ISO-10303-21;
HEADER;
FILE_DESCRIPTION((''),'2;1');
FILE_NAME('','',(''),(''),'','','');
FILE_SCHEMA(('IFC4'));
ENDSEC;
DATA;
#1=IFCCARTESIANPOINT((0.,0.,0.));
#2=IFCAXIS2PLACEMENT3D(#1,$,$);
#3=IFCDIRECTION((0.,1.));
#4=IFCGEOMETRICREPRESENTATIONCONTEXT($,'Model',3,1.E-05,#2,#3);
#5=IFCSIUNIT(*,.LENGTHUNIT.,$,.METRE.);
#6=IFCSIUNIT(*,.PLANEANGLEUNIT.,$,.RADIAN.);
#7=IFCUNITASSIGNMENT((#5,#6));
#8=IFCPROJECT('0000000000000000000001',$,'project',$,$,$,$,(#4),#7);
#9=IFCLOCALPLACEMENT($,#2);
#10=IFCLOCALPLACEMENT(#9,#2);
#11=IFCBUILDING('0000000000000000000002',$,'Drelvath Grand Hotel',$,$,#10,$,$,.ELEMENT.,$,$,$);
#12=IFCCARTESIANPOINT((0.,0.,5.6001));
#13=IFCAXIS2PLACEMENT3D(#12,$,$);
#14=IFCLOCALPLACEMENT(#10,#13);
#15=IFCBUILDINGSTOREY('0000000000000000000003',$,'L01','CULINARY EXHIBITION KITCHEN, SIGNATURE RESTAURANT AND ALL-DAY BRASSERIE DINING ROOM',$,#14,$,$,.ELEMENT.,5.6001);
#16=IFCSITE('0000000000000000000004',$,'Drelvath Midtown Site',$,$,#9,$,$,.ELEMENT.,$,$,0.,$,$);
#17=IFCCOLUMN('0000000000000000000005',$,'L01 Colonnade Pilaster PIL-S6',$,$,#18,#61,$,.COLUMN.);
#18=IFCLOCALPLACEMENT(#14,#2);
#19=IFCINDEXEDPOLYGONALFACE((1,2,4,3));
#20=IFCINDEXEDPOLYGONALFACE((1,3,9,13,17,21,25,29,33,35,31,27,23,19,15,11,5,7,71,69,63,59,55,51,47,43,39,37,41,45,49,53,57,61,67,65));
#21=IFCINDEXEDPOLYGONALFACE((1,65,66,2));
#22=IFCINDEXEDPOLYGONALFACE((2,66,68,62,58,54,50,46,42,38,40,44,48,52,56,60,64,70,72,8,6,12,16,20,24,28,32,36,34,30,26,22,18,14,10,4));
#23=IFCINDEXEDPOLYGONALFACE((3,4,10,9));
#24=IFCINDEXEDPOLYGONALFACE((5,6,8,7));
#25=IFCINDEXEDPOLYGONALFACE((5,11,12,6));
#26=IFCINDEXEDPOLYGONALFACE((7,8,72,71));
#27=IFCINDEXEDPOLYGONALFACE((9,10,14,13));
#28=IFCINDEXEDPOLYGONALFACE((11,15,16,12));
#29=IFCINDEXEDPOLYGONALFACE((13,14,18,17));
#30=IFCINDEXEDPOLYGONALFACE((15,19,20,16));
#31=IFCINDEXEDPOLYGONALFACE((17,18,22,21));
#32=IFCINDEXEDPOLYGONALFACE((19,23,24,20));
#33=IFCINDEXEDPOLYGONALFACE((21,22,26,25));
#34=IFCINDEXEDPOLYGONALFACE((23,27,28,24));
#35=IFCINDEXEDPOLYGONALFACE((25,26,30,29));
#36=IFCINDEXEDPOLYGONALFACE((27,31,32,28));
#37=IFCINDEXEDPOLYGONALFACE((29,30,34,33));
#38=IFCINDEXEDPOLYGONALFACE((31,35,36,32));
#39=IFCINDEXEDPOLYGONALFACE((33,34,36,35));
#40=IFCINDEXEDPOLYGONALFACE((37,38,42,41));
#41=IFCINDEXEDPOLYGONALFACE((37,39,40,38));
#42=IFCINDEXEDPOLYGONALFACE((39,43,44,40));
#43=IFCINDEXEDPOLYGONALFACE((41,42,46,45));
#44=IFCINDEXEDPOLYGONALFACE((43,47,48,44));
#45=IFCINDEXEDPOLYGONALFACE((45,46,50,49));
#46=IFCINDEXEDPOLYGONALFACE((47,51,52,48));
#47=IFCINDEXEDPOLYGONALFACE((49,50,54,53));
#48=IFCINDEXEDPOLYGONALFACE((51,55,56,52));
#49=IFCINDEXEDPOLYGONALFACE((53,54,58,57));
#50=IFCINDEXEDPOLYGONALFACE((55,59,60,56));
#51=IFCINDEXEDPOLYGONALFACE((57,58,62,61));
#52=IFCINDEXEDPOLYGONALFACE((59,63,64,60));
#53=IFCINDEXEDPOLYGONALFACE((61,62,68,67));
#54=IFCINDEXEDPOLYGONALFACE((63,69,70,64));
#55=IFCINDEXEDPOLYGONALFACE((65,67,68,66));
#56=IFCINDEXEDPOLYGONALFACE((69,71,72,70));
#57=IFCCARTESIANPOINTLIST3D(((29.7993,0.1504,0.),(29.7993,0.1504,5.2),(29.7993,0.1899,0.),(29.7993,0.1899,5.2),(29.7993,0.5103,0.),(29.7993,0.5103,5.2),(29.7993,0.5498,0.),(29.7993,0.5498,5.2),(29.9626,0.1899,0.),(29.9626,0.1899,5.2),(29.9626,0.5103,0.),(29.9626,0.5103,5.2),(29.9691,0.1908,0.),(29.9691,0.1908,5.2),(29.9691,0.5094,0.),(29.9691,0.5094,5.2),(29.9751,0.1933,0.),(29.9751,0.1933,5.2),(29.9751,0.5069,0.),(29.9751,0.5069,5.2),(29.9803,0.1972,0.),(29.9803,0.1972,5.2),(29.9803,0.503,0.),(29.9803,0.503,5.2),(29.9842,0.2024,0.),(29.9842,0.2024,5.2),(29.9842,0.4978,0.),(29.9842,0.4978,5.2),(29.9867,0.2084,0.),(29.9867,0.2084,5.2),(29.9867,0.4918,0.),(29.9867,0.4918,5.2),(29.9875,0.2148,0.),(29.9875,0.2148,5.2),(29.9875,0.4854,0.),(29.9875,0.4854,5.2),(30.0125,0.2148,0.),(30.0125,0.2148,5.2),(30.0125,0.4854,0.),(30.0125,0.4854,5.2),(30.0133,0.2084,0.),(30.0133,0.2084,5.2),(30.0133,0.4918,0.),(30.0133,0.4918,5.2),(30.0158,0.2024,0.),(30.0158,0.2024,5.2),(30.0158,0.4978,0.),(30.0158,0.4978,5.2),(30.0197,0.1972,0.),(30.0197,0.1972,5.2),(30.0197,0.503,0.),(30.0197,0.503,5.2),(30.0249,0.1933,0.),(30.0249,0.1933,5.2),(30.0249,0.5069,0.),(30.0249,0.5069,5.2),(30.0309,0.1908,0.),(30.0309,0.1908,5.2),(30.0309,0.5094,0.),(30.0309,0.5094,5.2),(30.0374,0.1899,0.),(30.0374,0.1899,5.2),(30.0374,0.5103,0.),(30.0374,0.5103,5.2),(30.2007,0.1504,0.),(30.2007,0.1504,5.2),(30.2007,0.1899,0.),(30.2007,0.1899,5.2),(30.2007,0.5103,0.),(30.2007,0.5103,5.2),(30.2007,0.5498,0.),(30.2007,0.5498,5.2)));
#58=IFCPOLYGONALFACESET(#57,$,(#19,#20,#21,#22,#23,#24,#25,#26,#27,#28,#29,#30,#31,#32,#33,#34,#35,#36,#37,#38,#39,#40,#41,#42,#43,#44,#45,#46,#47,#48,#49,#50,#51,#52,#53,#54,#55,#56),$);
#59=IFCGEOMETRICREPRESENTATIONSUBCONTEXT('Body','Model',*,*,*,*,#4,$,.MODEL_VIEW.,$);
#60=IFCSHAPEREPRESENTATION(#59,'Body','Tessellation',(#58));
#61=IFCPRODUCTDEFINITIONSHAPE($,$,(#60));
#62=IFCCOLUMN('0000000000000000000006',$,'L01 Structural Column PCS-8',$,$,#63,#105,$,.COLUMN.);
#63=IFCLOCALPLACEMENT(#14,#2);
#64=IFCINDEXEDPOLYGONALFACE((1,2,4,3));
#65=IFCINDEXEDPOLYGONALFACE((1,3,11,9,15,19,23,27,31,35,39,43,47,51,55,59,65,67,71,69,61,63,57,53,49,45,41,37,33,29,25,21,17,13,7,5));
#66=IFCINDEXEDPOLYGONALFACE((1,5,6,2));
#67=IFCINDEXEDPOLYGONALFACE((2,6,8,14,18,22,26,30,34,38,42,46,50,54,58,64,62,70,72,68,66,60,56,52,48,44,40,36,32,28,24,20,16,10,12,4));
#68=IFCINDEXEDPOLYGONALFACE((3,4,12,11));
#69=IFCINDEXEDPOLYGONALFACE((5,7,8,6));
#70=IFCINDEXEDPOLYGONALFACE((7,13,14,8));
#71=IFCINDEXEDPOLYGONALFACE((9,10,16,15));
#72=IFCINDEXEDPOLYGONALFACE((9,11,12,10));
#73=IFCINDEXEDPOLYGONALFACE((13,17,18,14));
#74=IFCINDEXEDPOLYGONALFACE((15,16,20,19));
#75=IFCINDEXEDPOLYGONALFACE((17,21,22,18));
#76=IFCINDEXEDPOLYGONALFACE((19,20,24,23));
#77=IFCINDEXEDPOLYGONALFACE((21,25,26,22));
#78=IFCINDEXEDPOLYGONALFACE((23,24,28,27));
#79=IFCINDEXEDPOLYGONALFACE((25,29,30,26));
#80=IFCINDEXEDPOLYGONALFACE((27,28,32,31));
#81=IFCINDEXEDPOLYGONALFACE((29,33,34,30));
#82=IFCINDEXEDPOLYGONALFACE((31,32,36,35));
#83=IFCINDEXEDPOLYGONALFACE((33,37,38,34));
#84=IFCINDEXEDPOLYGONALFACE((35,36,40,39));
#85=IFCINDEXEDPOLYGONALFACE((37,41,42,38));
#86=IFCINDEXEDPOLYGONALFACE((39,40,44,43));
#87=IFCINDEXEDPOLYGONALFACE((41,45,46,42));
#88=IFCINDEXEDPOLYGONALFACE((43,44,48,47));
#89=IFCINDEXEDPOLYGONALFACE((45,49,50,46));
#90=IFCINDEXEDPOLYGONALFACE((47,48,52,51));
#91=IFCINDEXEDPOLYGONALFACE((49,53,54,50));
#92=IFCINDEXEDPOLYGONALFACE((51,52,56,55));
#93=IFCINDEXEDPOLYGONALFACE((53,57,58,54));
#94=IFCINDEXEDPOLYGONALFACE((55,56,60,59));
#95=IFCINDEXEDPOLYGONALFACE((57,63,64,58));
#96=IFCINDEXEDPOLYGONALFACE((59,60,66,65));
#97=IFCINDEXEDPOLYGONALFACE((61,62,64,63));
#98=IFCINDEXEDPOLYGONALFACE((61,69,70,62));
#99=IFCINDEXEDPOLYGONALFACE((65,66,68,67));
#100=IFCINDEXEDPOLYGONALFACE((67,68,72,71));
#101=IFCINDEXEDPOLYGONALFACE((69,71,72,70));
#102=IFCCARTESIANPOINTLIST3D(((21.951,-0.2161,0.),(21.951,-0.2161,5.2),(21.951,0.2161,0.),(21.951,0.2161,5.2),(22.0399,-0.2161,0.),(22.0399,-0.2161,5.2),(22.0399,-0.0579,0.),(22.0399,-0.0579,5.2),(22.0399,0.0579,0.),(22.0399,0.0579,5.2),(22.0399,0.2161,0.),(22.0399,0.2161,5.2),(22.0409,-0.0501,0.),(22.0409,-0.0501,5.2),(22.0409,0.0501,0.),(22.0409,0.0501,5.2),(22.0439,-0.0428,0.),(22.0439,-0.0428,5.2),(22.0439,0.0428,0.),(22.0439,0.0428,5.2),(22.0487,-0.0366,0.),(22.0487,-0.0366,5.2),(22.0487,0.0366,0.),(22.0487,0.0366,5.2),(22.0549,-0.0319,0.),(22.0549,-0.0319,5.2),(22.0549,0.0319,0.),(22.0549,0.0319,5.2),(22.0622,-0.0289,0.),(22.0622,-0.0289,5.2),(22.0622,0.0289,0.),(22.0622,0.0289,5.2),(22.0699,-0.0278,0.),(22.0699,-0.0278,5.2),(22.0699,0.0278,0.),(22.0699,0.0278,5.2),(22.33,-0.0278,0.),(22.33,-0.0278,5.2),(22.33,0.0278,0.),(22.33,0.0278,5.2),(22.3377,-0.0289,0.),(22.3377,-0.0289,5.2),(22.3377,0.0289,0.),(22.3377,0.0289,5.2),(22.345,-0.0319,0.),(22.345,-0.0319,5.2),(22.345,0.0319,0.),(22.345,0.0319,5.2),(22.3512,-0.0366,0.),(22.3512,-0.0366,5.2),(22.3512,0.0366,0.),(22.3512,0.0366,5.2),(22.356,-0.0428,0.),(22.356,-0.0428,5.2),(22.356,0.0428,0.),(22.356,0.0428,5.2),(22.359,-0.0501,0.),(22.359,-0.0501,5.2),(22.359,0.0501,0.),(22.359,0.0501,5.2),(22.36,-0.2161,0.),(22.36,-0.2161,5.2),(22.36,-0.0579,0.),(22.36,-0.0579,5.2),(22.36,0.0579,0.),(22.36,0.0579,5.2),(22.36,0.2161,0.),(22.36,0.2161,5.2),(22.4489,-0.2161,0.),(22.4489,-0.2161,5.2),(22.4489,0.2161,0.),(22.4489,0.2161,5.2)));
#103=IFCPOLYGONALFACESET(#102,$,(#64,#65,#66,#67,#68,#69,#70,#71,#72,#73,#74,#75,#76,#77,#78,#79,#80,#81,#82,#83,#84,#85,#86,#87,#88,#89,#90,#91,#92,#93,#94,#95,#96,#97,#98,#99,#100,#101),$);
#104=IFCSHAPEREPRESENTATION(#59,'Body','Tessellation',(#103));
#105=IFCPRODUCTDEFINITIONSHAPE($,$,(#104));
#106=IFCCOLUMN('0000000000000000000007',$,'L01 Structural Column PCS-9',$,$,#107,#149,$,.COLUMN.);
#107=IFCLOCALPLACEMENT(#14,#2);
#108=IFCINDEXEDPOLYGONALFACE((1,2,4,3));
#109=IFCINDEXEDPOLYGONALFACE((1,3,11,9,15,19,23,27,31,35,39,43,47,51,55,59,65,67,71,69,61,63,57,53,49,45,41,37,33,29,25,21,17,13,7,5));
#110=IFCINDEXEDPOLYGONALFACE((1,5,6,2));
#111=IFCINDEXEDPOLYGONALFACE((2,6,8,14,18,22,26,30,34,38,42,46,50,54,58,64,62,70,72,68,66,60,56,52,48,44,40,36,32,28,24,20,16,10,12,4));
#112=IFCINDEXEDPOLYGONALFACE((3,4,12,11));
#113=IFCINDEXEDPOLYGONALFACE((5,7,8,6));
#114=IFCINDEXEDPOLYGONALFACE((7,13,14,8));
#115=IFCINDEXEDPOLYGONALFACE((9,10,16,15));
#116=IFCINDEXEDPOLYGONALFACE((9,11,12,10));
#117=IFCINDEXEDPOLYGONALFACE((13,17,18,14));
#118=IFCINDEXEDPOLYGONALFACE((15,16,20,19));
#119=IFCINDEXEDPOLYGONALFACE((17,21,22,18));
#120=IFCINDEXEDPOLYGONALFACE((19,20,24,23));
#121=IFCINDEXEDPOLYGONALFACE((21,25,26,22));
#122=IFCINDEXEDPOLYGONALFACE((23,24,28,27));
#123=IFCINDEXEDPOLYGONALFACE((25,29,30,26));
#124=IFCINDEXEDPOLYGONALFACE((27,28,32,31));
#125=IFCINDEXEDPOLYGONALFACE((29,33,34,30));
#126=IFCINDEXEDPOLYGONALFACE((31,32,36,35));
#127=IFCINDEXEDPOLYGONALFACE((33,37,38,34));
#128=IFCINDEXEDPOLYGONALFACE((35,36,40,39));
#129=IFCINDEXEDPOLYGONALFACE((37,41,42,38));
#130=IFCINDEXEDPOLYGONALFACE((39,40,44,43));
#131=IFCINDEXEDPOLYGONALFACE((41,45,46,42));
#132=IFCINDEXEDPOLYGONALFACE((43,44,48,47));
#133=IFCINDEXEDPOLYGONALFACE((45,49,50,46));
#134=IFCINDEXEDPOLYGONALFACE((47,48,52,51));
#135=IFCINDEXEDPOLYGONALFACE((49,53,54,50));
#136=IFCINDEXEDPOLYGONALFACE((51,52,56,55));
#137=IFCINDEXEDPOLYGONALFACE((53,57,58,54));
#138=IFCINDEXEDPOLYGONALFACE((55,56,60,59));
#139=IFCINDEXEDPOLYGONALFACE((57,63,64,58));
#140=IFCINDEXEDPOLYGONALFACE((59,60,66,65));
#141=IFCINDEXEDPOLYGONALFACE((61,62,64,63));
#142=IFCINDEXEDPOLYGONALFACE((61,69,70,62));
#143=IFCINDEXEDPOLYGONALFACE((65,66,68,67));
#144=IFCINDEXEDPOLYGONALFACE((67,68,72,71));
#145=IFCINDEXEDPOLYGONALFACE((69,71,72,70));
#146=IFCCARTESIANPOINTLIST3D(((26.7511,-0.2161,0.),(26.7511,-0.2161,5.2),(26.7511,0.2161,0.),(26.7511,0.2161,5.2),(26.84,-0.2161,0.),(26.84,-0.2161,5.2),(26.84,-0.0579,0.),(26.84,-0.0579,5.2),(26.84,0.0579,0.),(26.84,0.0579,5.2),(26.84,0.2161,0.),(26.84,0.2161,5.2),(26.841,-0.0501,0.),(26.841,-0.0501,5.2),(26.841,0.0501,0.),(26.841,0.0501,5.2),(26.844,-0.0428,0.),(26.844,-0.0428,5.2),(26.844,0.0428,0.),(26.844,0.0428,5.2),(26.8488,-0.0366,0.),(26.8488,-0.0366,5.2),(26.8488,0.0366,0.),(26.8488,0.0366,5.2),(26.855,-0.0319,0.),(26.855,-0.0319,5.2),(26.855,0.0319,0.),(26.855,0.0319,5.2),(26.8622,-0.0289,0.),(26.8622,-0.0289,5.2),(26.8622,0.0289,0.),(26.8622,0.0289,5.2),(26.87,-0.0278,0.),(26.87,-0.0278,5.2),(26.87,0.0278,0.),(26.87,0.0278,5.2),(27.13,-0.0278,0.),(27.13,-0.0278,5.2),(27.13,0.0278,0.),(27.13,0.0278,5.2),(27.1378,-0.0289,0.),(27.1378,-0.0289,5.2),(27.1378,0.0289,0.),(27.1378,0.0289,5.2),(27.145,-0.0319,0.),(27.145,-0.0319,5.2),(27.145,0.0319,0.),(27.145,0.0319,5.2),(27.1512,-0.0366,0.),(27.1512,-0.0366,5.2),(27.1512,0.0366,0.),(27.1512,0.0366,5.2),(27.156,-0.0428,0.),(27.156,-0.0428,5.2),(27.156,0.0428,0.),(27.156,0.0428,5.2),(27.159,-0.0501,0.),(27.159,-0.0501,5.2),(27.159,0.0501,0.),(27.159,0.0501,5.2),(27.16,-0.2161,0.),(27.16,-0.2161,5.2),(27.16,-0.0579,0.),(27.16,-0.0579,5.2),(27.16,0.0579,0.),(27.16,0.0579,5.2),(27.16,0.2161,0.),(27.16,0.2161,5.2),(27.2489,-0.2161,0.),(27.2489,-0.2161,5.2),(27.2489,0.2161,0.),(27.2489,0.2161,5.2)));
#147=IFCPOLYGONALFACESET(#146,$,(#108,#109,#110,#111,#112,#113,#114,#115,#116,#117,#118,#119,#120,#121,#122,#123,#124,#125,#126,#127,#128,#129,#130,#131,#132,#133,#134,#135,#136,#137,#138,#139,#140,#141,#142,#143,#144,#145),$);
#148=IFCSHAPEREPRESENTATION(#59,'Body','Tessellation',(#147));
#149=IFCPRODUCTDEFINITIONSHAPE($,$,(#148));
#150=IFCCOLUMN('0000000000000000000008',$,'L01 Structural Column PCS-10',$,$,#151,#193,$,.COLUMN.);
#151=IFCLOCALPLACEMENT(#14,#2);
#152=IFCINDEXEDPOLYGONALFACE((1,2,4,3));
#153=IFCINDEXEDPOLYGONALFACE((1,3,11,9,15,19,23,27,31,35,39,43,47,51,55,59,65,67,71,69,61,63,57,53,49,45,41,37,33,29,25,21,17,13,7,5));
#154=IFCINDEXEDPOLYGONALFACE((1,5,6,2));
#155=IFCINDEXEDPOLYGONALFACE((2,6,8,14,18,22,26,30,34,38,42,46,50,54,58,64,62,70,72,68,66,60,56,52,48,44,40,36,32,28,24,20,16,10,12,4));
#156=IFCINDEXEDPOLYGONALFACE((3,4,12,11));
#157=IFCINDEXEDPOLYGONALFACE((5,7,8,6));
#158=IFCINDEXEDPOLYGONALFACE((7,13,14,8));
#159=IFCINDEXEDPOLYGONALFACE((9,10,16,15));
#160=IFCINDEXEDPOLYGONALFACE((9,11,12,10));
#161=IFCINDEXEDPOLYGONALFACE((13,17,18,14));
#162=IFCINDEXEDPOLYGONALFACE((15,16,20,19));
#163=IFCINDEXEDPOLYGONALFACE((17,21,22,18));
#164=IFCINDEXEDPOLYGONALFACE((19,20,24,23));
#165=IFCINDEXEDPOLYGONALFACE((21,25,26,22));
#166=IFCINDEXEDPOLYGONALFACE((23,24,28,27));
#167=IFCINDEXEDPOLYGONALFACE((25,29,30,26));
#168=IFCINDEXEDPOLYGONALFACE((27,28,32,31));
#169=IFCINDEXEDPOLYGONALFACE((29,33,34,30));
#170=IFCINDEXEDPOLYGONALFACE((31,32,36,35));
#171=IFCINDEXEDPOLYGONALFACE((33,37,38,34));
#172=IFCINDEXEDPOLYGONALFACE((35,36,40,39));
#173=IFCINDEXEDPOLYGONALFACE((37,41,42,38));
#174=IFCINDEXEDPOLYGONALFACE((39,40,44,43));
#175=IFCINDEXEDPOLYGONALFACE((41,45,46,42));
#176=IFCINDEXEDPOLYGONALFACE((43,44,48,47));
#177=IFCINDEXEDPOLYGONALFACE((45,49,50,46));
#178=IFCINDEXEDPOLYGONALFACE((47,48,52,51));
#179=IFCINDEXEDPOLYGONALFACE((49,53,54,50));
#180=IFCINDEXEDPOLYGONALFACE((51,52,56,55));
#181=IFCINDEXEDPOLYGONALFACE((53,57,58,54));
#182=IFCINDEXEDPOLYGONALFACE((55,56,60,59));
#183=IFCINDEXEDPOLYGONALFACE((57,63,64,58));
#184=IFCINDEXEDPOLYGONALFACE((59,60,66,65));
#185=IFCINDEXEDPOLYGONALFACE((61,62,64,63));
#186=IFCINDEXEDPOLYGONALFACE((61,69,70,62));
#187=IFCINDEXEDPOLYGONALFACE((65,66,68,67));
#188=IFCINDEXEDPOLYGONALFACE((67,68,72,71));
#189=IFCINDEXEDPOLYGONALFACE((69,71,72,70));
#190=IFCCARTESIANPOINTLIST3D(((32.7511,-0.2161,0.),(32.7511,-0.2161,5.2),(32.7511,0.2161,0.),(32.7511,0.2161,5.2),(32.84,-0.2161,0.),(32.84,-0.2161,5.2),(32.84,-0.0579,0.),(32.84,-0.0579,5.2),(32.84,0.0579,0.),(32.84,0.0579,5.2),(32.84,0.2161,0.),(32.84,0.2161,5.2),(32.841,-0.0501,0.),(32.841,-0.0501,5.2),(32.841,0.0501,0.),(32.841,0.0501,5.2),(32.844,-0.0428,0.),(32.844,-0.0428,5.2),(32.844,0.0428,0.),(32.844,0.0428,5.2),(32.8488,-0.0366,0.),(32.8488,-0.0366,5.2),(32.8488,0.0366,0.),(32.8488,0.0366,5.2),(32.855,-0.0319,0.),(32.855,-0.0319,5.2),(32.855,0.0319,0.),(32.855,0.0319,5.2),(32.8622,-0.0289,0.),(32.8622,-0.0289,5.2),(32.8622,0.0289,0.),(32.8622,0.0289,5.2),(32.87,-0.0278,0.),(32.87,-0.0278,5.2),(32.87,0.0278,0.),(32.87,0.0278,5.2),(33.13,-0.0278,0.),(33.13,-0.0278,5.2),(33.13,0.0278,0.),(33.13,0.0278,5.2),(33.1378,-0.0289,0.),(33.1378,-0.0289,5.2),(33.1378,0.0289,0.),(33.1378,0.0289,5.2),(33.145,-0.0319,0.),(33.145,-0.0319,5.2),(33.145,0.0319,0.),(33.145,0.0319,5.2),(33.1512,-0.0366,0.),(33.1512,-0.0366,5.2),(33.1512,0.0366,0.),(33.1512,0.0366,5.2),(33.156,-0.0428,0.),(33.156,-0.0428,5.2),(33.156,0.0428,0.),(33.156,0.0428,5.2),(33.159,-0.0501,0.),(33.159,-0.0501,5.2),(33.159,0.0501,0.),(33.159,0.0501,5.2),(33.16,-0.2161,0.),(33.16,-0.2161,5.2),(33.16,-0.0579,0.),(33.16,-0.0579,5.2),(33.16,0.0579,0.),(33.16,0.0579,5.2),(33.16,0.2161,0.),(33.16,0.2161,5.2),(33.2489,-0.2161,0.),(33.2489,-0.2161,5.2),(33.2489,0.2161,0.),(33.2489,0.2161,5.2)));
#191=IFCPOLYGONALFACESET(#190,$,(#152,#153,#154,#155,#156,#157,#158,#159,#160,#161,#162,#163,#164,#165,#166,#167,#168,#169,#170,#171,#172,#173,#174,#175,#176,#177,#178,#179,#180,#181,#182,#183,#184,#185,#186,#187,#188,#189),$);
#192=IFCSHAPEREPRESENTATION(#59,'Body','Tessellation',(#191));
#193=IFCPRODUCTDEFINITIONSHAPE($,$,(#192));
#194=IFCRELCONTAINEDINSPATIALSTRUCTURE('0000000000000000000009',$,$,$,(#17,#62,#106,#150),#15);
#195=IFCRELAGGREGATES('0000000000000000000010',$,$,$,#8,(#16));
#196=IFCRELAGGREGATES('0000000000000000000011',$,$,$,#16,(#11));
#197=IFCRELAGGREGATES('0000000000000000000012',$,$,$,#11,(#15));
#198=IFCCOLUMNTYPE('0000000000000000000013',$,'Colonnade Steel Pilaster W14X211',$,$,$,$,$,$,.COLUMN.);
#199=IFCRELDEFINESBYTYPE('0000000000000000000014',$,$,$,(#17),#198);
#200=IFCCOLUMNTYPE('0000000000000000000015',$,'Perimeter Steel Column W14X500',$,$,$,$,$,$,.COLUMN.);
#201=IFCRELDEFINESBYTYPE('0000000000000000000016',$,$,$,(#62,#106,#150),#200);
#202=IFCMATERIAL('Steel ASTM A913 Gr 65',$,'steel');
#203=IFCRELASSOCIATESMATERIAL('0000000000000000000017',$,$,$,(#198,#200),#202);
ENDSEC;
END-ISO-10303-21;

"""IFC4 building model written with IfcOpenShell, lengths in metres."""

from ifc_helpers import new_model, si_unit, direction, frame, origin, origin_2d, place, context, subcontext, project, spatial, i_section, extrude, material, material_profile, profile_set, type_object, element, save


model = new_model("IFC4")

# Units and contexts
model_context = context("Model", 3, precision=1e-05, world=origin(), true_north=direction((0.0, 1.0)))
body_context = subcontext(model_context, "Body", "Model", "MODEL_VIEW")
ifc_project = project(units=[si_unit("LENGTHUNIT", "METRE"), si_unit("PLANEANGLEUNIT", "RADIAN")], contexts=[model_context])

# Site, building, storey
site_placement = place(None, origin())
site = spatial("IfcSite", under=ifc_project, at=site_placement, Name="Drelvath Midtown Site", CompositionType="ELEMENT", RefElevation=0.0)
building_placement = place(site_placement, origin())
building = spatial("IfcBuilding", under=site, at=building_placement, Name="Drelvath Grand Hotel", CompositionType="ELEMENT")
storey_placement = place(building_placement, frame((0.0, 0.0, 5.6001)))
storey = spatial("IfcBuildingStorey", under=building, at=storey_placement, Name="L01", Description="CULINARY EXHIBITION KITCHEN, SIGNATURE RESTAURANT AND ALL-DAY BRASSERIE DINING ROOM", CompositionType="ELEMENT", Elevation=5.6001)

# Columns
ifc_material_1 = material(Name="Steel ASTM A913 Gr 65", Category="steel")
ifc_material_profile_1 = material_profile(ifc_material_1, i_section(OverallWidth=0.4014, OverallDepth=0.3994, WebThickness=0.0249, FlangeThickness=0.0396, FilletRadius=0.0249, at=origin_2d()), Name="W14X211")
ifc_profile_set_1 = profile_set([ifc_material_profile_1], Name="Steel ASTM A913 Gr 65")
column_type_1 = type_object("IfcColumnType", Name="Colonnade Steel Pilaster W14X211", PredefinedType="COLUMN", material=ifc_profile_set_1)
column_1_placement = place(storey_placement, frame((30.0, 0.3501, 0.0), z_axis=(0.0, 0.0, 1.0), x_axis=(1.0, 0.0, 0.0)))
element("IfcColumn", 1, at=column_1_placement, inside=storey, type_object=column_type_1, Name="L01 Colonnade Pilaster PIL-S6", PredefinedType="COLUMN", context=body_context, shape_type="SweptSolid", body=[
    extrude(i_section(OverallWidth=0.4014, OverallDepth=0.3994, WebThickness=0.0249, FlangeThickness=0.0396, FilletRadius=0.0249, at=origin_2d()), origin(), (0.0, 0.0, 1.0), 5.2),
])
ifc_material_profile_2 = material_profile(ifc_material_1, i_section(OverallWidth=0.4321, OverallDepth=0.4978, WebThickness=0.0557, FlangeThickness=0.0889, FilletRadius=0.03, at=origin_2d()), Name="W14X500")
ifc_profile_set_2 = profile_set([ifc_material_profile_2], Name="Steel ASTM A913 Gr 65")
column_type_2 = type_object("IfcColumnType", Name="Perimeter Steel Column W14X500", PredefinedType="COLUMN", material=ifc_profile_set_2)
for number, where, z_axis, x_axis, name in (
    (2, (22.2, 0.0, 0.0), (0.0, 0.0, 1.0), (0.0, 1.0, 0.0), "L01 Structural Column PCS-8"),
    (3, (27.0, 0.0, 0.0), (0.0, 0.0, 1.0), (0.0, 1.0, 0.0), "L01 Structural Column PCS-9"),
    (4, (33.0, 0.0, 0.0), (0.0, 0.0, 1.0), (0.0, 1.0, 0.0), "L01 Structural Column PCS-10"),
):
    element("IfcColumn", number, at=place(storey_placement, frame(where, z_axis=z_axis, x_axis=x_axis)), inside=storey, type_object=column_type_2, Name=name, PredefinedType="COLUMN", context=body_context, shape_type="SweptSolid", body=[
        extrude(i_section(OverallWidth=0.4321, OverallDepth=0.4978, WebThickness=0.0557, FlangeThickness=0.0889, FilletRadius=0.03, at=origin_2d()), origin(), (0.0, 0.0, 1.0), 5.2),
    ])

save(model, "model.ifc")
